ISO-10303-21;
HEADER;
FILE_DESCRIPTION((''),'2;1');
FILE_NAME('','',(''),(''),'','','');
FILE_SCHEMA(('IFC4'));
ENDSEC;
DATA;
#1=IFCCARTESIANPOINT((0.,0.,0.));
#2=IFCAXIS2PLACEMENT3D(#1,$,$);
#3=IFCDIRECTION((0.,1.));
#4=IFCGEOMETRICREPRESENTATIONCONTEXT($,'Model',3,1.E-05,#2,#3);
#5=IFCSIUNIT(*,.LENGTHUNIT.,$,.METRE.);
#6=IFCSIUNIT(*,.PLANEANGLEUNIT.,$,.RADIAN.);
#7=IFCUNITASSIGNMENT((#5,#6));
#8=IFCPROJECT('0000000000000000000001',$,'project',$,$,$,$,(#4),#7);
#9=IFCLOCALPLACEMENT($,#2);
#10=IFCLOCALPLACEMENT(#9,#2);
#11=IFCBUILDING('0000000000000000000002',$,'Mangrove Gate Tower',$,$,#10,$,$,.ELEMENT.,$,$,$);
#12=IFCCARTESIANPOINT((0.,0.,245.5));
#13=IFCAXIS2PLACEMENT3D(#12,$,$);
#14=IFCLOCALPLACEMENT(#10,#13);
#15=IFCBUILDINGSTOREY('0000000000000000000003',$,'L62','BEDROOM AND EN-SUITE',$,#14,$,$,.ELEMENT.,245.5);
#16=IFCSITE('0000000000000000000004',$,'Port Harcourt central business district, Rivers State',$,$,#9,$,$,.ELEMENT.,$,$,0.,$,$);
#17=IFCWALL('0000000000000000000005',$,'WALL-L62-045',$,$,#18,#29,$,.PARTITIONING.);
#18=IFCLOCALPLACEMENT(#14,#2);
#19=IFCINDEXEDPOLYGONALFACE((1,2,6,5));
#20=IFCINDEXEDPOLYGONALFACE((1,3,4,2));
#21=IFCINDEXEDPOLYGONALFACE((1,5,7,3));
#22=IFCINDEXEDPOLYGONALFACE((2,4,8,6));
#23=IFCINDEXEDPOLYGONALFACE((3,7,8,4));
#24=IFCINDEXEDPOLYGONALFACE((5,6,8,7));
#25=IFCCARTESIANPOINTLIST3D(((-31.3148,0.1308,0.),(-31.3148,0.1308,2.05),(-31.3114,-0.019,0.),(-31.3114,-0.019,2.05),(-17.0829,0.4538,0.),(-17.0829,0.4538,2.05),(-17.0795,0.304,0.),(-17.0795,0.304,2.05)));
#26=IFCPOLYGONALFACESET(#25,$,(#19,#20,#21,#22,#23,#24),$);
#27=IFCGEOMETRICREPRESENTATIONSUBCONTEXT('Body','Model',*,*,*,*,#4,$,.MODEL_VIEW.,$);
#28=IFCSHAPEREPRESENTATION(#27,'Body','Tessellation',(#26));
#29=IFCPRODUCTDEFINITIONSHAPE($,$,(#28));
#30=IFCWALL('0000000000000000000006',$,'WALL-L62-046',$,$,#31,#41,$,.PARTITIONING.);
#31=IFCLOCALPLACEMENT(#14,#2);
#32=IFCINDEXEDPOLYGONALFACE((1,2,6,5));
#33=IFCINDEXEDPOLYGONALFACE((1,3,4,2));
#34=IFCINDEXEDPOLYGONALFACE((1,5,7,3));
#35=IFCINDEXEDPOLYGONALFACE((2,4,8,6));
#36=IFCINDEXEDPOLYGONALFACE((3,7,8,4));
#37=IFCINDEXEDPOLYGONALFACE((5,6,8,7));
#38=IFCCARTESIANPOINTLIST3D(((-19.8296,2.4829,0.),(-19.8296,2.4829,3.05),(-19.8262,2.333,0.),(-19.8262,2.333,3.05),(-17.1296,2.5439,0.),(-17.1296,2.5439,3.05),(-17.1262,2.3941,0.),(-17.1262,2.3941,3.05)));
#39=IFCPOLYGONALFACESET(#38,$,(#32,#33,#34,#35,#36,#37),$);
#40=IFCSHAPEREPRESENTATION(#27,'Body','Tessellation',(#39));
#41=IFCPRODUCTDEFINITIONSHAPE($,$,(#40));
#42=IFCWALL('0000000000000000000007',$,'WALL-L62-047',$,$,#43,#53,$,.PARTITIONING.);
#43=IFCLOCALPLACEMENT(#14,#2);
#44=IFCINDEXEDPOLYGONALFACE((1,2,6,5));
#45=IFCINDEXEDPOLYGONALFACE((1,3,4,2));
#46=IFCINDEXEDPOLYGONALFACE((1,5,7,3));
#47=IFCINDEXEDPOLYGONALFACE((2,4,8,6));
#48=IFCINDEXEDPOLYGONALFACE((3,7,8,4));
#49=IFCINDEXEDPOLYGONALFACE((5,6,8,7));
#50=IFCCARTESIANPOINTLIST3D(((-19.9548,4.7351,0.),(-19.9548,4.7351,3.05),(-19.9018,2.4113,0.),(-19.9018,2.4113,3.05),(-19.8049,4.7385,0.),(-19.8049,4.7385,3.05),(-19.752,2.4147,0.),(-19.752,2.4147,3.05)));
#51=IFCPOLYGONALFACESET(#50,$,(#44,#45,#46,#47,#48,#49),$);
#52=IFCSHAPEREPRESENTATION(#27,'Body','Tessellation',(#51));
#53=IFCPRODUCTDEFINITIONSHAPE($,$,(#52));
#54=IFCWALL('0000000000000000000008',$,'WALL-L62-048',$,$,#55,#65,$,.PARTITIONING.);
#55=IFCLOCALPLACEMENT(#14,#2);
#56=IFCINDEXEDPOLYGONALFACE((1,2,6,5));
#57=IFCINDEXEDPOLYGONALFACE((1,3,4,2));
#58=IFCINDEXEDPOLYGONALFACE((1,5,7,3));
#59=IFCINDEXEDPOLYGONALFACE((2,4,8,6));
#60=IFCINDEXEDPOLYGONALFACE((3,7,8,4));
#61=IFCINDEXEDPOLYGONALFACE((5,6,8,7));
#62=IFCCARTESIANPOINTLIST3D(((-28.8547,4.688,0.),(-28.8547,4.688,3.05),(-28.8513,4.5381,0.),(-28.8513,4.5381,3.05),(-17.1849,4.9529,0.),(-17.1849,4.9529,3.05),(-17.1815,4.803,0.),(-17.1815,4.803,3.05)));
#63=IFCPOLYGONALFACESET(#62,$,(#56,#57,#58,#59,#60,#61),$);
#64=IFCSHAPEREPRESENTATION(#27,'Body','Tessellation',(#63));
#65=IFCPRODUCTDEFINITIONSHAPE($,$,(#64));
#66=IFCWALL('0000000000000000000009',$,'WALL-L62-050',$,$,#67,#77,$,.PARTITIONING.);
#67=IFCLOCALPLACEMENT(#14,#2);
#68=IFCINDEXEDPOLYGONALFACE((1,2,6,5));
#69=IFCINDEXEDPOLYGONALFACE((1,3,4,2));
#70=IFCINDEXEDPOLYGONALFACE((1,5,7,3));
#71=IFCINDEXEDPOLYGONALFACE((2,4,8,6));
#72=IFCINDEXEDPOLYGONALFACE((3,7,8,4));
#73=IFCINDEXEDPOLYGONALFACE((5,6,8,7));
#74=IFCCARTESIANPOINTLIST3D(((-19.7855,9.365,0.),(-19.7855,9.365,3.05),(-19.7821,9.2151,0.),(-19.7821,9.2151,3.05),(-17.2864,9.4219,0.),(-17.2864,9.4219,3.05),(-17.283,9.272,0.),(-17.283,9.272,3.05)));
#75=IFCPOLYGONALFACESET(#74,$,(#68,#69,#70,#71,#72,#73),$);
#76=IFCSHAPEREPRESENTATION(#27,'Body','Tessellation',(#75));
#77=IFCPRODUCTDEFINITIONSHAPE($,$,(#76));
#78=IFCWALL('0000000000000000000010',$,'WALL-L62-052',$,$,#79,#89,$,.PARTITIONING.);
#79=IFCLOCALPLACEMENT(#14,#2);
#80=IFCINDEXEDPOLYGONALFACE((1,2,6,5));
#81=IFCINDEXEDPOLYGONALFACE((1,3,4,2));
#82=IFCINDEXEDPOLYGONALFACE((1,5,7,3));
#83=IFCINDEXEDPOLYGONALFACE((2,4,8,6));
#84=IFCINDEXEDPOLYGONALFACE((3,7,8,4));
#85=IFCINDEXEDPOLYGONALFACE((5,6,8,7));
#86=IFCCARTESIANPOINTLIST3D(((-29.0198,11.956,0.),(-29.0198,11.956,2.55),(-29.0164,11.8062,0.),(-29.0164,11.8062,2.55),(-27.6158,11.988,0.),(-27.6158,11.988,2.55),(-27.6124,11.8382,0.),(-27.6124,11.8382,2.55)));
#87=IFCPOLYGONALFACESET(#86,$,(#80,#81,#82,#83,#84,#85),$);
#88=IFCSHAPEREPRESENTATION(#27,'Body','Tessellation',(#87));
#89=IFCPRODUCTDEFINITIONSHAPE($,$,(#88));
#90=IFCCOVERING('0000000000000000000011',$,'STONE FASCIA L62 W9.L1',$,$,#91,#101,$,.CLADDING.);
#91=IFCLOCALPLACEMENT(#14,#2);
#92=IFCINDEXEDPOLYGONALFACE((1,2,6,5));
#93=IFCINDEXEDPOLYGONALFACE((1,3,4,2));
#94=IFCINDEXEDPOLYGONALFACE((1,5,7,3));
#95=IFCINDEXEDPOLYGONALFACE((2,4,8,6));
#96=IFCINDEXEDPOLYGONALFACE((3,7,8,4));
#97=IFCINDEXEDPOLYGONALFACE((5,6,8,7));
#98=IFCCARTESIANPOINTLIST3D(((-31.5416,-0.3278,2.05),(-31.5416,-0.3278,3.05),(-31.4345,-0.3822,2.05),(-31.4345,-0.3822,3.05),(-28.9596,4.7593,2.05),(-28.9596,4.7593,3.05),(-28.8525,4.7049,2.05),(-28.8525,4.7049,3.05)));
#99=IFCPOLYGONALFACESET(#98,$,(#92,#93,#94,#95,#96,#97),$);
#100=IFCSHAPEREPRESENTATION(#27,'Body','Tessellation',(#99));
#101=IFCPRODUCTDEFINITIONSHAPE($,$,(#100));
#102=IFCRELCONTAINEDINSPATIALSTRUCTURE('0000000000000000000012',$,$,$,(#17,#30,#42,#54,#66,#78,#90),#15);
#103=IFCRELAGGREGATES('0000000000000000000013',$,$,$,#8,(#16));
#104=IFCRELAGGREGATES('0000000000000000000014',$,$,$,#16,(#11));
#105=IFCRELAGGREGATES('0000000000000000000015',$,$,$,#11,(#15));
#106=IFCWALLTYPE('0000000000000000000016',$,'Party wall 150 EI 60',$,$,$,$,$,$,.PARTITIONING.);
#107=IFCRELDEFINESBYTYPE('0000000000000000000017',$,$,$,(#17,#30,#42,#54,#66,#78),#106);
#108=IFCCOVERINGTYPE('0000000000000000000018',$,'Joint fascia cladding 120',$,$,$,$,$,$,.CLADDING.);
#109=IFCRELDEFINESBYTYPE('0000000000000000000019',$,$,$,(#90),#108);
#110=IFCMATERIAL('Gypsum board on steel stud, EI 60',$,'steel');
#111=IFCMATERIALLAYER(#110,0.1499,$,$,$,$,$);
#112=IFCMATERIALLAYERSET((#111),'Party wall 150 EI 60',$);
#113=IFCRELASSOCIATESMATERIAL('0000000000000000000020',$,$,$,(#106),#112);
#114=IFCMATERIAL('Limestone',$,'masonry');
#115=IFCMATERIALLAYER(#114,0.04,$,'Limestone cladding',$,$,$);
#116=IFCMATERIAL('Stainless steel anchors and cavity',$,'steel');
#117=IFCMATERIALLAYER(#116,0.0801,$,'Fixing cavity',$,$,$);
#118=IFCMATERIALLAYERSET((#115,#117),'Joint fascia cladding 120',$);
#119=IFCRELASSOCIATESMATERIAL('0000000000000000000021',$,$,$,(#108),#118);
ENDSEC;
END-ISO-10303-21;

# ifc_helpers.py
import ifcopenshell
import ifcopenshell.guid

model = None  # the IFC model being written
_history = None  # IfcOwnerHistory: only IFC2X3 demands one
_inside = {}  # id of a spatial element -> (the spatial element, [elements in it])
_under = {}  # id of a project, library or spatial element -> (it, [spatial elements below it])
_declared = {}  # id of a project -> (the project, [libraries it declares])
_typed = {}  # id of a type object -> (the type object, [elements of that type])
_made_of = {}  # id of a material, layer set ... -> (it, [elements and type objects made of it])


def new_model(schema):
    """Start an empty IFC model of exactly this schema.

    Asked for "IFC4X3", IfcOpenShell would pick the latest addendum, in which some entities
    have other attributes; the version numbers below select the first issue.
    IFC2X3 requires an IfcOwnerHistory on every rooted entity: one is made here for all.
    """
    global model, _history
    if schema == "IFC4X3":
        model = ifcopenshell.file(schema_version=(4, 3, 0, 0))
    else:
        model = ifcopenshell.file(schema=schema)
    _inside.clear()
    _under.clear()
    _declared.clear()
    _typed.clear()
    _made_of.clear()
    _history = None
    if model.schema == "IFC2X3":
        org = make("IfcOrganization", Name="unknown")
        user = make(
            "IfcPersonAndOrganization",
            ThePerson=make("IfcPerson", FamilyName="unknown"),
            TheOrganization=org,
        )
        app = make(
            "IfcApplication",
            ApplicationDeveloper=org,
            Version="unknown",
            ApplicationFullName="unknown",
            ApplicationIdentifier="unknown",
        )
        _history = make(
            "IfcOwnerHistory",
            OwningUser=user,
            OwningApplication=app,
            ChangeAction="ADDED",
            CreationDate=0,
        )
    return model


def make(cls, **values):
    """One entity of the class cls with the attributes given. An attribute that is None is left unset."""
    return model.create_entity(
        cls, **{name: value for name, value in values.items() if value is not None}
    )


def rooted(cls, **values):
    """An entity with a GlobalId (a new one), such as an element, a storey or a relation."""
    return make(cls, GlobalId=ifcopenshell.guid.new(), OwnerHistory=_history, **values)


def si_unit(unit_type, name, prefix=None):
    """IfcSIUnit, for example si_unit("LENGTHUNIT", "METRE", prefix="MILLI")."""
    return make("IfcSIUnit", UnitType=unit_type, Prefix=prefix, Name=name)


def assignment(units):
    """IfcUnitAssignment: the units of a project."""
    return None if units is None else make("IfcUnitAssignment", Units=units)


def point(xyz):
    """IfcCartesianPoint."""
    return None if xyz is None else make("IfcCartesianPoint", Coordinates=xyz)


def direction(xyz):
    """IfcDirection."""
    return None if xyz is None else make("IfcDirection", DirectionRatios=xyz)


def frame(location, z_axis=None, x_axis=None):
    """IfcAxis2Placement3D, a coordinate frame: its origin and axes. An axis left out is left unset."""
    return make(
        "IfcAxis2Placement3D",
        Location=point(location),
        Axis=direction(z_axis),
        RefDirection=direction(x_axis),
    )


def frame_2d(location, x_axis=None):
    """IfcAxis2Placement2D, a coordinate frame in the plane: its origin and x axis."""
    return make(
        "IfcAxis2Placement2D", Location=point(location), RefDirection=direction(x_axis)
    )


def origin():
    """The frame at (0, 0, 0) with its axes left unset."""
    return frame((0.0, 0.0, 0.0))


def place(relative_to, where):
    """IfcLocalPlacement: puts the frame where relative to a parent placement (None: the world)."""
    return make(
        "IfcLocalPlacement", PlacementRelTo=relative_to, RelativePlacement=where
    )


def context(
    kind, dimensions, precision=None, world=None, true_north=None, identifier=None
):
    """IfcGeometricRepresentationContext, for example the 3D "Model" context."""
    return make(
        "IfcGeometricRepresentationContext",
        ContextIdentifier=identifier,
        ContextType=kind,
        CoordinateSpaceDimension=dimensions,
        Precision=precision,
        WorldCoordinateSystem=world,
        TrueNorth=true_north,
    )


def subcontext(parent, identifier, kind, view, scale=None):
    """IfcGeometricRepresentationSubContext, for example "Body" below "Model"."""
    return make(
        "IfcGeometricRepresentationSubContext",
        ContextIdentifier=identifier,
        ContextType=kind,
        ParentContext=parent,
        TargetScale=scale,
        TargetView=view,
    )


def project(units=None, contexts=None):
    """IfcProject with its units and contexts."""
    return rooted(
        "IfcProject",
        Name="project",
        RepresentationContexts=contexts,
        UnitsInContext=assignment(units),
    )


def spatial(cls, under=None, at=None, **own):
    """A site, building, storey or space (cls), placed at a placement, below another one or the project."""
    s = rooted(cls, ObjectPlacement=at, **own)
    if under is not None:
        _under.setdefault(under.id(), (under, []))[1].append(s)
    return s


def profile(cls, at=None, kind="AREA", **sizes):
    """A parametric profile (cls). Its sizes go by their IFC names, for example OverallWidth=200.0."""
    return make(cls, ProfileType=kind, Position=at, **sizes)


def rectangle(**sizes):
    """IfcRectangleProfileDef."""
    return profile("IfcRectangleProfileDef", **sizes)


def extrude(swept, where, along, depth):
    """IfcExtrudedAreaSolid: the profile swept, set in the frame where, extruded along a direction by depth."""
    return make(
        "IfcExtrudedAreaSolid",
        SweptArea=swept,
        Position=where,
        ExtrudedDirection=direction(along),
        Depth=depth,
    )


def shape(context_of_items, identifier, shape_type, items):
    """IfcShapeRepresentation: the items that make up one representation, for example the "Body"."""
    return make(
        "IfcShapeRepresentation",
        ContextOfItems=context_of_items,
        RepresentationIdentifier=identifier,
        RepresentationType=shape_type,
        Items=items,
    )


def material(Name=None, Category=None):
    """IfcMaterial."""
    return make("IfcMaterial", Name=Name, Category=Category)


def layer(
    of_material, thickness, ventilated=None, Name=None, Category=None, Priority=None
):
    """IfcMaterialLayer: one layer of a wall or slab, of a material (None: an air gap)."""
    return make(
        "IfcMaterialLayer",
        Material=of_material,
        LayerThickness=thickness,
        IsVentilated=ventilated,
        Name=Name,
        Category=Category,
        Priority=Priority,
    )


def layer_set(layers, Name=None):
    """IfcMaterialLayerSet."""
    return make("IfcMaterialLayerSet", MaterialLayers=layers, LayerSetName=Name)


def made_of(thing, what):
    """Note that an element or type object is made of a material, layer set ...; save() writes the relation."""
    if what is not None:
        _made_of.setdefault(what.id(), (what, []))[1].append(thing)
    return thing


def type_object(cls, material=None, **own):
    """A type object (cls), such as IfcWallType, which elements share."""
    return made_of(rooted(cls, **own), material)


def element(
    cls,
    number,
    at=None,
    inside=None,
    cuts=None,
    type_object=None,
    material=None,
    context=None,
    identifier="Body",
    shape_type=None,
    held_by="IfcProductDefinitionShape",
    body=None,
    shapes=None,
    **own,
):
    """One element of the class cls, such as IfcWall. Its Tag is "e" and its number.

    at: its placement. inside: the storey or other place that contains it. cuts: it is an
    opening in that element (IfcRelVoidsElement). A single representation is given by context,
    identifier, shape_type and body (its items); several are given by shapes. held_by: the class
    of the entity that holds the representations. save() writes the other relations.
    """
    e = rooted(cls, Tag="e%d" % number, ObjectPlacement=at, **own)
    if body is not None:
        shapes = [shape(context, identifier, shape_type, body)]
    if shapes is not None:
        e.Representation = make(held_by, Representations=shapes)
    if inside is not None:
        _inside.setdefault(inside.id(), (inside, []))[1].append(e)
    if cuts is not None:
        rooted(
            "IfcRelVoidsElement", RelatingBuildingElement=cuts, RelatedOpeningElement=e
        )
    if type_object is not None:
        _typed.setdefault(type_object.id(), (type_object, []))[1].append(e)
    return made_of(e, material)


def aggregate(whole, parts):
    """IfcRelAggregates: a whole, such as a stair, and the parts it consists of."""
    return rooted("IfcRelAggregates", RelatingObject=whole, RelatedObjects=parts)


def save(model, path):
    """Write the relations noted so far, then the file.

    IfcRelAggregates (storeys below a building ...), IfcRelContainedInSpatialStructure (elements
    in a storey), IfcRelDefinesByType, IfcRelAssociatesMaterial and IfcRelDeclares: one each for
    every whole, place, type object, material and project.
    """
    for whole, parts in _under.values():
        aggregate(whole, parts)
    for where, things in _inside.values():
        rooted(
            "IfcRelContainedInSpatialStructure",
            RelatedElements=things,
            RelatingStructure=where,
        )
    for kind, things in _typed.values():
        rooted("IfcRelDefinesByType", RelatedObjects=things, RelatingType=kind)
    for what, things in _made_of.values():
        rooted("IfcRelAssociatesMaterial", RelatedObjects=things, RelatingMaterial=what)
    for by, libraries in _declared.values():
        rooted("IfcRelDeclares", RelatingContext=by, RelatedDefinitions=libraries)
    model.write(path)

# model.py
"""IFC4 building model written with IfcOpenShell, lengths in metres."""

from ifc_helpers import new_model, si_unit, direction, frame, frame_2d, origin, place, context, subcontext, project, spatial, rectangle, extrude, material, layer, layer_set, type_object, element, save


model = new_model("IFC4")

# Units and contexts
model_context = context("Model", 3, precision=1e-05, world=origin(), true_north=direction((0.0, 1.0)))
body_context = subcontext(model_context, "Body", "Model", "MODEL_VIEW")
ifc_project = project(units=[si_unit("LENGTHUNIT", "METRE"), si_unit("PLANEANGLEUNIT", "RADIAN")], contexts=[model_context])

# Site, building, storey
site_placement = place(None, origin())
site = spatial("IfcSite", under=ifc_project, at=site_placement, Name="Port Harcourt central business district, Rivers State", CompositionType="ELEMENT", RefElevation=0.0)
building_placement = place(site_placement, origin())
building = spatial("IfcBuilding", under=site, at=building_placement, Name="Mangrove Gate Tower", CompositionType="ELEMENT")
storey_placement = place(building_placement, frame((0.0, 0.0, 245.5)))
storey = spatial("IfcBuildingStorey", under=building, at=storey_placement, Name="L62", Description="BEDROOM AND EN-SUITE", CompositionType="ELEMENT", Elevation=245.5)

# Shared definitions
ifc_material_1 = material(Name="Limestone", Category="masonry")

# Walls
ifc_material_2 = material(Name="Gypsum board on steel stud, EI 60", Category="steel")
ifc_layer_1 = layer(ifc_material_2, 0.1499)
ifc_layer_set_1 = layer_set([ifc_layer_1], Name="Party wall 150 EI 60")
wall_type_1 = type_object("IfcWallType", Name="Party wall 150 EI 60", PredefinedType="PARTITIONING", material=ifc_layer_set_1)
wall_1_placement = place(storey_placement, frame((-31.313, 0.0559, 0.0), z_axis=(0.0, 0.0, 1.0), x_axis=(0.999743, 0.022689, 0.0)))
element("IfcWall", 1, at=wall_1_placement, inside=storey, type_object=wall_type_1, Name="WALL-L62-045", PredefinedType="PARTITIONING", context=body_context, shape_type="SweptSolid", body=[
    extrude(rectangle(XDim=14.2356, YDim=0.1499, at=frame_2d((7.1177, 0.0))), origin(), (0.0, 0.0, 1.0), 2.05),
])
wall_2_placement = place(storey_placement, frame((-19.8279, 2.408, 0.0), z_axis=(0.0, 0.0, 1.0), x_axis=(0.999745, 0.0226, 0.0)))
element("IfcWall", 2, at=wall_2_placement, inside=storey, type_object=wall_type_1, Name="WALL-L62-046", PredefinedType="PARTITIONING", context=body_context, shape_type="SweptSolid", body=[
    extrude(rectangle(XDim=2.7007, YDim=0.1499, at=frame_2d((1.3503, 0.0))), origin(), (0.0, 0.0, 1.0), 3.05),
])
wall_3_placement = place(storey_placement, frame((-19.8269, 2.4131, 0.0), z_axis=(0.0, 0.0, 1.0), x_axis=(-0.022791, 0.99974, 0.0)))
element("IfcWall", 3, at=wall_3_placement, inside=storey, type_object=wall_type_1, Name="WALL-L62-047", PredefinedType="PARTITIONING", context=body_context, shape_type="SweptSolid", body=[
    extrude(rectangle(XDim=2.3245, YDim=0.1499, at=frame_2d((1.1621, 0.0))), origin(), (0.0, 0.0, 1.0), 3.05),
])
wall_4_placement = place(storey_placement, frame((-28.853, 4.613, 0.0), z_axis=(0.0, 0.0, 1.0), x_axis=(0.999742, 0.022693, 0.0)))
element("IfcWall", 4, at=wall_4_placement, inside=storey, type_object=wall_type_1, Name="WALL-L62-048", PredefinedType="PARTITIONING", context=body_context, shape_type="SweptSolid", body=[
    extrude(rectangle(XDim=11.6729, YDim=0.1499, at=frame_2d((5.8364, 0.0))), origin(), (0.0, 0.0, 1.0), 3.05),
])
wall_5_placement = place(storey_placement, frame((-19.7839, 9.29, 0.0), z_axis=(0.0, 0.0, 1.0), x_axis=(0.999741, 0.022757, 0.0)))
element("IfcWall", 5, at=wall_5_placement, inside=storey, type_object=wall_type_1, Name="WALL-L62-050", PredefinedType="PARTITIONING", context=body_context, shape_type="SweptSolid", body=[
    extrude(rectangle(XDim=2.4998, YDim=0.1499, at=frame_2d((1.25, 0.0))), origin(), (0.0, 0.0, 1.0), 3.05),
])
wall_6_placement = place(storey_placement, frame((-29.0181, 11.8811, 0.0), z_axis=(0.0, 0.0, 1.0), x_axis=(0.999741, 0.022773, 0.0)))
element("IfcWall", 6, at=wall_6_placement, inside=storey, type_object=wall_type_1, Name="WALL-L62-052", PredefinedType="PARTITIONING", context=body_context, shape_type="SweptSolid", body=[
    extrude(rectangle(XDim=1.4043, YDim=0.1499, at=frame_2d((0.7021, 0.0))), origin(), (0.0, 0.0, 1.0), 2.55),
])

# Covering
ifc_layer_2 = layer(ifc_material_1, 0.04, Name="Limestone cladding")
ifc_material_3 = material(Name="Stainless steel anchors and cavity", Category="steel")
ifc_layer_3 = layer(ifc_material_3, 0.0801, Name="Fixing cavity")
ifc_layer_set_2 = layer_set([ifc_layer_2, ifc_layer_3], Name="Joint fascia cladding 120")
covering_type = type_object("IfcCoveringType", Name="Joint fascia cladding 120", PredefinedType="CLADDING", material=ifc_layer_set_2)
covering_placement = place(storey_placement, frame((-28.906, 4.7322, 2.05), z_axis=(0.0, 0.0, 1.0), x_axis=(-0.452598, -0.891715, 0.0)))
element("IfcCovering", 7, at=covering_placement, inside=storey, type_object=covering_type, Name="STONE FASCIA L62 W9.L1", PredefinedType="CLADDING", context=body_context, shape_type="SweptSolid", body=[
    extrude(rectangle(XDim=5.7048, YDim=0.1201, at=frame_2d((2.8525, 0.0))), origin(), (0.0, 0.0, 1.0), 1.0),
])

save(model, "model.ifc")
